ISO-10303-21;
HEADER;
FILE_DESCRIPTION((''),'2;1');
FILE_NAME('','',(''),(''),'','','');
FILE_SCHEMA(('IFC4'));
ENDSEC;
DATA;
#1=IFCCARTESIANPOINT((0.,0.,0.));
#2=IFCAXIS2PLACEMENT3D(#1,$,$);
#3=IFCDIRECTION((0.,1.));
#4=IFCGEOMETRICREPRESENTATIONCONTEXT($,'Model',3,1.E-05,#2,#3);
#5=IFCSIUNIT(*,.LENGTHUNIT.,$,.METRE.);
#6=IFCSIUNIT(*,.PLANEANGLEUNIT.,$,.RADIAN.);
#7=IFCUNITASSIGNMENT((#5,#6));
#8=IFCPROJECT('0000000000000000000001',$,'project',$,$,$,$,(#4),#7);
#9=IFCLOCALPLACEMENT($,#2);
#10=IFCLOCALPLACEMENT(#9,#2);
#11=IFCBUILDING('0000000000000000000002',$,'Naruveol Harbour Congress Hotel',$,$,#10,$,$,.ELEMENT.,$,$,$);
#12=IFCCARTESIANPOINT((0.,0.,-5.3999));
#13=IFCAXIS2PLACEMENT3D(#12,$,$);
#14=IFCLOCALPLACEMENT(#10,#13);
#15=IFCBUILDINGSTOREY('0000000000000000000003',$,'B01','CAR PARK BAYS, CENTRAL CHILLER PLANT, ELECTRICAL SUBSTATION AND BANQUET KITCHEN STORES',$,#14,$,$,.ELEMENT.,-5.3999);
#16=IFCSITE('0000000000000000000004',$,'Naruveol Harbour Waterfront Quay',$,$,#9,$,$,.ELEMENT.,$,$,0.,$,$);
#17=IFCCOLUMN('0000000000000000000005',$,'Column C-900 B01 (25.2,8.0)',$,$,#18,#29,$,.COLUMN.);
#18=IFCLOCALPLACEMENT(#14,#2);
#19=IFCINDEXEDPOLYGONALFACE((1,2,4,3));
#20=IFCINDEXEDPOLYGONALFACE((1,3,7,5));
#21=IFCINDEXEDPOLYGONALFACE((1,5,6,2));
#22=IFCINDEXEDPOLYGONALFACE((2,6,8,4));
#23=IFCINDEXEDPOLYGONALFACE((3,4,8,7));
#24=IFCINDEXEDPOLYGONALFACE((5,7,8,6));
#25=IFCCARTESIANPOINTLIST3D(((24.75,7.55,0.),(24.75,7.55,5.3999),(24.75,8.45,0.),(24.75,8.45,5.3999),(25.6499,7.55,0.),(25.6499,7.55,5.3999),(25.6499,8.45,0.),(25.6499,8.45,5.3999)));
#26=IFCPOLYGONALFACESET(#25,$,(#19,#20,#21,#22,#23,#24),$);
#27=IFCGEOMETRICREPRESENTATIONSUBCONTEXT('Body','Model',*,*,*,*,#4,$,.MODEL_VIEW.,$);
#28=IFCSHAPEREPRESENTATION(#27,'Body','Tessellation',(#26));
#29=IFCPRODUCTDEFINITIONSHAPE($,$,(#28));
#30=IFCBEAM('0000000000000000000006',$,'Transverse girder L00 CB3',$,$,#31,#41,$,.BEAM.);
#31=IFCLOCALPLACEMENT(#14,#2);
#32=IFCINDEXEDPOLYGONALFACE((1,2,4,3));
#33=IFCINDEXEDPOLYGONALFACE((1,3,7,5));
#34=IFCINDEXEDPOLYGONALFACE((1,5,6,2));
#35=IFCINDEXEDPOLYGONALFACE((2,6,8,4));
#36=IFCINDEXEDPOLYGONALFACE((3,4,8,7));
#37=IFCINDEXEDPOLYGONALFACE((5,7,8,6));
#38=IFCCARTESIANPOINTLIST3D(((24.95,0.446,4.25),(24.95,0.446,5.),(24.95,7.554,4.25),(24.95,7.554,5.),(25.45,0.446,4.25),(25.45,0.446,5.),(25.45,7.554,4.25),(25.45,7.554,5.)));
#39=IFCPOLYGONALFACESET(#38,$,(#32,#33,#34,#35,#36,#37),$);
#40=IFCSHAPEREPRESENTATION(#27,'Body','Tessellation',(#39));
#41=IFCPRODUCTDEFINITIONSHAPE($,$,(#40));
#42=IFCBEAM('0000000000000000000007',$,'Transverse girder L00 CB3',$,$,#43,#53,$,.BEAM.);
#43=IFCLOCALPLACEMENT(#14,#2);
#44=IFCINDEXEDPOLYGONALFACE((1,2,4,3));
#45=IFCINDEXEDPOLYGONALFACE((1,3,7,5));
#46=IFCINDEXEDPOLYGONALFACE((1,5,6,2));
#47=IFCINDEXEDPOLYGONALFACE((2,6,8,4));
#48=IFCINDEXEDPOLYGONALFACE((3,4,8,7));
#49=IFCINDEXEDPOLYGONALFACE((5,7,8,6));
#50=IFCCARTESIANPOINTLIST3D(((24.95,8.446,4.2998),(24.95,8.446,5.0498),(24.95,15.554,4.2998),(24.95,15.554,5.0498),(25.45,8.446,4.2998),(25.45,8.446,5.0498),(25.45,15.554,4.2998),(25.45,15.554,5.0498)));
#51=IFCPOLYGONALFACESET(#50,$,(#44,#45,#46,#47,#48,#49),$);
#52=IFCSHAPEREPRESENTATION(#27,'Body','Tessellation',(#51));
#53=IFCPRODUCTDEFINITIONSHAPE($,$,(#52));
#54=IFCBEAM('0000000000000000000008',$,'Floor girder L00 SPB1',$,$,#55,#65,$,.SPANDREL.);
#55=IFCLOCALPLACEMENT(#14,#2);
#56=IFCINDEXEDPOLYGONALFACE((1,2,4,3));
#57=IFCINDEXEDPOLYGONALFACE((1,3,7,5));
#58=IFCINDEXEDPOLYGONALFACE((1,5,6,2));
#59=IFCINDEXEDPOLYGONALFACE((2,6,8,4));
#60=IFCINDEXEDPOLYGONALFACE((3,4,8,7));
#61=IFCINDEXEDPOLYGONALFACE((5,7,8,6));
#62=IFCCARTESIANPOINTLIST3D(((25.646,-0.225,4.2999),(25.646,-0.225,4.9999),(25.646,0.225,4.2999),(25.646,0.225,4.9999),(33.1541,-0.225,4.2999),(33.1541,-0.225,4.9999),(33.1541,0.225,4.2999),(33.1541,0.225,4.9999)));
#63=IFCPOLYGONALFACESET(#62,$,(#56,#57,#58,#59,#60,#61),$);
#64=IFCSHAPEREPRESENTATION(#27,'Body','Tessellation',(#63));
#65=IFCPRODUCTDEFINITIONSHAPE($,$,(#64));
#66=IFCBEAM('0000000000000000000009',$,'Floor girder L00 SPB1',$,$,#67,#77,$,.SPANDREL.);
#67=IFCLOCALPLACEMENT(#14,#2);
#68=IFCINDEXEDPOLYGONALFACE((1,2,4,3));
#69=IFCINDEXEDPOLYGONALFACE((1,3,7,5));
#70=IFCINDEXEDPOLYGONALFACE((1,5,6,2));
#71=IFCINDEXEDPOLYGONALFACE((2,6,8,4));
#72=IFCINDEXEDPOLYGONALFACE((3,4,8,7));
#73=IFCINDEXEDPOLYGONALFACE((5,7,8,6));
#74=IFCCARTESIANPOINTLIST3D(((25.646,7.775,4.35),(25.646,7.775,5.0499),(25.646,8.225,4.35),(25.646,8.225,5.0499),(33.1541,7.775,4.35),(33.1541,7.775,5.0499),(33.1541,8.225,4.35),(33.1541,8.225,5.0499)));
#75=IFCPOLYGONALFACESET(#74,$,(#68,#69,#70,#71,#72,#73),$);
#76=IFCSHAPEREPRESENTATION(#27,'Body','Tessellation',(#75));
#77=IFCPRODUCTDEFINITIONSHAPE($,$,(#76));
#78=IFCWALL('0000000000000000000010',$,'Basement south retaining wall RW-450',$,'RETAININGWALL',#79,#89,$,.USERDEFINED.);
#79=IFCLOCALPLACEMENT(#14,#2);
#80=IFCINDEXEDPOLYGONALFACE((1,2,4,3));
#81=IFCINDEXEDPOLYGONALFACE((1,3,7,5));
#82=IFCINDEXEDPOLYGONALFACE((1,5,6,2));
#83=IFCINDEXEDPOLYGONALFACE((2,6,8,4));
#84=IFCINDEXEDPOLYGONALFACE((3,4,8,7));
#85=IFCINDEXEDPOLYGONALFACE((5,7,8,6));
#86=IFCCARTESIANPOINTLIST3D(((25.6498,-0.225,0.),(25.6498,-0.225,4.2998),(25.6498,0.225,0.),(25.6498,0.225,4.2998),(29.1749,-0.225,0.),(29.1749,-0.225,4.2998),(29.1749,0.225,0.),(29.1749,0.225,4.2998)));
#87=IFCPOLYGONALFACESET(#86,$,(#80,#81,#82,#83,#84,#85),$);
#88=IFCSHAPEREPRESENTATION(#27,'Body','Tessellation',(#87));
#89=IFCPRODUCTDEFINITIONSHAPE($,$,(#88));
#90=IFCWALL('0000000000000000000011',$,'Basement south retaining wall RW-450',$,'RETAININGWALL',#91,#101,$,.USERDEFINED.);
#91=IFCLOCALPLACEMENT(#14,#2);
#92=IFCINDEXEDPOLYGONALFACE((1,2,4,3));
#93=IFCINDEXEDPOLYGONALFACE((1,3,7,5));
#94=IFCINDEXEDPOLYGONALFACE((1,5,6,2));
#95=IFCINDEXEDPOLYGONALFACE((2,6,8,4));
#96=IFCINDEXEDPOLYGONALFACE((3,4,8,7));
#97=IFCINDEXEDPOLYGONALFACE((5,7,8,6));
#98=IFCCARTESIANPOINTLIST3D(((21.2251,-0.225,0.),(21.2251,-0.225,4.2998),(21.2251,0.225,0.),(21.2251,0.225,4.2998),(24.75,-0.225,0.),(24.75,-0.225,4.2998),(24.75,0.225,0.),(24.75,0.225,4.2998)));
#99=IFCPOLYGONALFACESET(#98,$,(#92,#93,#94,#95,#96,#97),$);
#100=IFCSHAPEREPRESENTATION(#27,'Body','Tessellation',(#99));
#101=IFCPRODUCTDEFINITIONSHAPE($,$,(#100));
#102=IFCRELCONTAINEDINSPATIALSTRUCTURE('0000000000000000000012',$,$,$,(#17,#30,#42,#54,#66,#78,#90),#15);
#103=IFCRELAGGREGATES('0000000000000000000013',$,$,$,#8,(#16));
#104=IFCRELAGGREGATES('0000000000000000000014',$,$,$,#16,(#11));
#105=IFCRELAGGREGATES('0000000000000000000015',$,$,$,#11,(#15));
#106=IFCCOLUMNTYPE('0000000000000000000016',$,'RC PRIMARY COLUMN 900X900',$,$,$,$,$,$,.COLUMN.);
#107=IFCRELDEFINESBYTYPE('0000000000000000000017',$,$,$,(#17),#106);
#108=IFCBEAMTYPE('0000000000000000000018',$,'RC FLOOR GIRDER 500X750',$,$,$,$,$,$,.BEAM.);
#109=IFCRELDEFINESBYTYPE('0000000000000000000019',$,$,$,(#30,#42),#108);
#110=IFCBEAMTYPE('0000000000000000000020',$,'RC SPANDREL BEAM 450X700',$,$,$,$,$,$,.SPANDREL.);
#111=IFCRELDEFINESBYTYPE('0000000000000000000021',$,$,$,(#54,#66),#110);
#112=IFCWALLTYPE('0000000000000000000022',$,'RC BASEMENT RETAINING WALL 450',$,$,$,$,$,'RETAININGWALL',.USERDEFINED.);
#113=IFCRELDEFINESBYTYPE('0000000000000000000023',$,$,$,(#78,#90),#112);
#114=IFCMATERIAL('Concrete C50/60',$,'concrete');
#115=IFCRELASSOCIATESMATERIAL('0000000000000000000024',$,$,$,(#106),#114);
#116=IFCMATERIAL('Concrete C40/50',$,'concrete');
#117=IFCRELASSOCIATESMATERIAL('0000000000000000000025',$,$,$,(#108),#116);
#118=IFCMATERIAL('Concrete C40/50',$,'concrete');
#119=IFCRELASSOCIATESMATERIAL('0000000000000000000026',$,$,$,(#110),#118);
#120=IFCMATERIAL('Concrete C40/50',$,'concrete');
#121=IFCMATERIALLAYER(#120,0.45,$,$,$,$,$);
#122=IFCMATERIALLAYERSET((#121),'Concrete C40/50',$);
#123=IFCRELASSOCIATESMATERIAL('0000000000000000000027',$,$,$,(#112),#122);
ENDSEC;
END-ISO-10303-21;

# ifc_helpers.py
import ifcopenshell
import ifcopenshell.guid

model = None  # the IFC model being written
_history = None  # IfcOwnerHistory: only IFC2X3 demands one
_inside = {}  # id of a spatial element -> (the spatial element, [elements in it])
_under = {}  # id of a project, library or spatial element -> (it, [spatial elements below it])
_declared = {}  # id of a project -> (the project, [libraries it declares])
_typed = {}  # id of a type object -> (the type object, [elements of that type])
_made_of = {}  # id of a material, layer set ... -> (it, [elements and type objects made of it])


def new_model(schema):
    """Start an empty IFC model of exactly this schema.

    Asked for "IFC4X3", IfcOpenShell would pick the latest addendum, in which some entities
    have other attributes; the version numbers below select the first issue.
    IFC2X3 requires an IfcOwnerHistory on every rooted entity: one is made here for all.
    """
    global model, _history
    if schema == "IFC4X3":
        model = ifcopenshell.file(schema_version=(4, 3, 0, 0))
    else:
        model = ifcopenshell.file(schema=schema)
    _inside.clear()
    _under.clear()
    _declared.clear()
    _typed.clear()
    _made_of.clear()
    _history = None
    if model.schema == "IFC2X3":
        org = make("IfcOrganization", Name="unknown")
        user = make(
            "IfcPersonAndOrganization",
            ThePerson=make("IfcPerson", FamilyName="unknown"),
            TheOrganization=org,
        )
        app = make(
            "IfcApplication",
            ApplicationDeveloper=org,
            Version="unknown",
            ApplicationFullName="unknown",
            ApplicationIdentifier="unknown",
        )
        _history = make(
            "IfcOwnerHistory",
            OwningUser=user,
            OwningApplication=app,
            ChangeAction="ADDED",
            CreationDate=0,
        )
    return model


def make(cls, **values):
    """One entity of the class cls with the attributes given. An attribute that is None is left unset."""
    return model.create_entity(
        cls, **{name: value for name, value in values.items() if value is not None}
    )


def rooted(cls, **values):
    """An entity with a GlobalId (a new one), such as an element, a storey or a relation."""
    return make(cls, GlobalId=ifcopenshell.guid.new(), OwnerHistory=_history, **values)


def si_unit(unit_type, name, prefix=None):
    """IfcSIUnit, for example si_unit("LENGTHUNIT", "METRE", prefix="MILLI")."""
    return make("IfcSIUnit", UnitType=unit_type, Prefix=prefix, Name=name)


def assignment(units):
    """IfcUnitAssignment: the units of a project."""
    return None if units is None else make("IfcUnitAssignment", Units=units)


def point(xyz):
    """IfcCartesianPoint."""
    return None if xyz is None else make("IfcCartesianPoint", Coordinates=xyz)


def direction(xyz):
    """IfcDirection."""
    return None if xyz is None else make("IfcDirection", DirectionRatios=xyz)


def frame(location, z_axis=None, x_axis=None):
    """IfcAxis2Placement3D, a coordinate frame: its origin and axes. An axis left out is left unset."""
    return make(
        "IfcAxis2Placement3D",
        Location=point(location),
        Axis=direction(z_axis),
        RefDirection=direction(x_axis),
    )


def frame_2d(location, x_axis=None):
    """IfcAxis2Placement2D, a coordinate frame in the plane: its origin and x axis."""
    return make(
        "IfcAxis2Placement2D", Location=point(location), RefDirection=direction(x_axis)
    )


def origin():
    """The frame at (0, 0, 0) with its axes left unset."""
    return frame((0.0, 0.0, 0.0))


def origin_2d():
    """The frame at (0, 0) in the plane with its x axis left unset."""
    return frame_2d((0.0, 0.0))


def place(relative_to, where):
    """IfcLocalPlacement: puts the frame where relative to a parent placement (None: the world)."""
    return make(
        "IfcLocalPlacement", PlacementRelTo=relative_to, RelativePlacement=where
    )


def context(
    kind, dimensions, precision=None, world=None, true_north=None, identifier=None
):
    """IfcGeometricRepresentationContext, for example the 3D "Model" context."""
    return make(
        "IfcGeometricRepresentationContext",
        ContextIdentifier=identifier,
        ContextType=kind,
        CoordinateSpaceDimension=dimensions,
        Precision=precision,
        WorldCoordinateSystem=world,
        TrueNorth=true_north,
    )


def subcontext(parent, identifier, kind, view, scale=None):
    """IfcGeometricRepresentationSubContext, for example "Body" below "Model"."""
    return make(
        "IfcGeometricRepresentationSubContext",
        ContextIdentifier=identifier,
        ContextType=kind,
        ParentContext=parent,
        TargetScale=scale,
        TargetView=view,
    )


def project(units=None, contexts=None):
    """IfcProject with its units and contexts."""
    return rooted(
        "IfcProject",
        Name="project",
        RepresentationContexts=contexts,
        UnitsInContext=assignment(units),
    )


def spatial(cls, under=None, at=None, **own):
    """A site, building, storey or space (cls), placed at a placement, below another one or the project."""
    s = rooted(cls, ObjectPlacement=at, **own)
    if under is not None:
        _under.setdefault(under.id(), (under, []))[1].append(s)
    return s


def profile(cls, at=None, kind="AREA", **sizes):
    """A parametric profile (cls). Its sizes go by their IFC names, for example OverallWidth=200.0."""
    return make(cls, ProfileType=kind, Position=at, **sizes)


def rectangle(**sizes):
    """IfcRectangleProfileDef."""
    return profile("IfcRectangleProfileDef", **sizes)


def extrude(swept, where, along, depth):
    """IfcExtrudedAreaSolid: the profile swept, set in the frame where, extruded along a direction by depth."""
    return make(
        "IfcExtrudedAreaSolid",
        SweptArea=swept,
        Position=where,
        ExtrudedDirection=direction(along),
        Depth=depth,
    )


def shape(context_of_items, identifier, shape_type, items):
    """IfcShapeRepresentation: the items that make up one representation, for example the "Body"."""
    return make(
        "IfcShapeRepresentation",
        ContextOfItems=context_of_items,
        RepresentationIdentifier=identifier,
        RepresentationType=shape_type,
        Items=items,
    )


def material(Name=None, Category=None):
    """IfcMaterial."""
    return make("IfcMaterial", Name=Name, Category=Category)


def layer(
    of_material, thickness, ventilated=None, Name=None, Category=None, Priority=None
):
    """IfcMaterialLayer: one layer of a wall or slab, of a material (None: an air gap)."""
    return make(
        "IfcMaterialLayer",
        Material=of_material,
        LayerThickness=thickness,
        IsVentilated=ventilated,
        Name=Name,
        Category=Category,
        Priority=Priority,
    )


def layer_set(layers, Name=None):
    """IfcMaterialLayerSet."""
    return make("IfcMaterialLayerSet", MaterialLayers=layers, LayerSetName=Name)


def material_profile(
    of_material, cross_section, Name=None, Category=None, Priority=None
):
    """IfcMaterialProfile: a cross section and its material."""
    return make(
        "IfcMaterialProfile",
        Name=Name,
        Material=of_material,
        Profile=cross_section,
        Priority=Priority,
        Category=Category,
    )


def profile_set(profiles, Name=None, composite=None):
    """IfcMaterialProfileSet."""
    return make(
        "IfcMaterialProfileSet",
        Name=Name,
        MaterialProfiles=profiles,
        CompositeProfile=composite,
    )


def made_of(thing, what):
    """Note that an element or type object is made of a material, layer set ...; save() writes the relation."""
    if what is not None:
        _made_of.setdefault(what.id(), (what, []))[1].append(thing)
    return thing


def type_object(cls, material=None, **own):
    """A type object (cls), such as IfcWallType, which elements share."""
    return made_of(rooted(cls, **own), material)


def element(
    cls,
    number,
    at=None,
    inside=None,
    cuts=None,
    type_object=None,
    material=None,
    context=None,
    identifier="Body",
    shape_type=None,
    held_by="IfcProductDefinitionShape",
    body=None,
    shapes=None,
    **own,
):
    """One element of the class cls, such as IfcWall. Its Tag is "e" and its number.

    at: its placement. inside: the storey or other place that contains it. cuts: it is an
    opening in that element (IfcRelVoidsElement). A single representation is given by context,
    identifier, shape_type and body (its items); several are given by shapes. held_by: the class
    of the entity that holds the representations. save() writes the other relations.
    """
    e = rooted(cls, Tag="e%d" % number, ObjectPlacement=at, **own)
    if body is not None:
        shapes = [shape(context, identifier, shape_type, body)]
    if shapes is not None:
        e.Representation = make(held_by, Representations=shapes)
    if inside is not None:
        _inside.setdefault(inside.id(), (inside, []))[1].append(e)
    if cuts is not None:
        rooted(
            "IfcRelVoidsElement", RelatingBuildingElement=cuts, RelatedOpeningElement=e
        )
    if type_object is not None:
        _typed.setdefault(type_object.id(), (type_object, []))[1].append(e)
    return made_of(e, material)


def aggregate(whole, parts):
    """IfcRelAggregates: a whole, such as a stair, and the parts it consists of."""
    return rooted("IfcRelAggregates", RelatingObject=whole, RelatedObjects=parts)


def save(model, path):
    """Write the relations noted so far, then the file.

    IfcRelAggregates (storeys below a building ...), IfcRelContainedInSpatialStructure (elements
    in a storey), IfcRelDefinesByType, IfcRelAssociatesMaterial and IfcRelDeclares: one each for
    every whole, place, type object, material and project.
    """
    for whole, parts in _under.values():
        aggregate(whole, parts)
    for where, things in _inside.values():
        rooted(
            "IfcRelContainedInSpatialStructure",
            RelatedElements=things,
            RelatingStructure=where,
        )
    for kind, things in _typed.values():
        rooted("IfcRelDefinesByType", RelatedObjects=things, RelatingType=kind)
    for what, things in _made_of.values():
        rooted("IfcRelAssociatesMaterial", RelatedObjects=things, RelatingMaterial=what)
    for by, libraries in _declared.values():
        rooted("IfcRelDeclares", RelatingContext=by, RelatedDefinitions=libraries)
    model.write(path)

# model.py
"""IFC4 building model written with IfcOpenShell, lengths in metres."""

from ifc_helpers import new_model, si_unit, direction, frame, frame_2d, origin, origin_2d, place, context, subcontext, project, spatial, rectangle, extrude, material, layer, layer_set, material_profile, profile_set, type_object, element, save


model = new_model("IFC4")

# Units and contexts
model_context = context("Model", 3, precision=1e-05, world=origin(), true_north=direction((0.0, 1.0)))
body_context = subcontext(model_context, "Body", "Model", "MODEL_VIEW")
ifc_project = project(units=[si_unit("LENGTHUNIT", "METRE"), si_unit("PLANEANGLEUNIT", "RADIAN")], contexts=[model_context])

# Site, building, storey
site_placement = place(None, origin())
site = spatial("IfcSite", under=ifc_project, at=site_placement, Name="Naruveol Harbour Waterfront Quay", CompositionType="ELEMENT", RefElevation=0.0)
building_placement = place(site_placement, origin())
building = spatial("IfcBuilding", under=site, at=building_placement, Name="Naruveol Harbour Congress Hotel", CompositionType="ELEMENT")
storey_placement = place(building_placement, frame((0.0, 0.0, -5.3999)))
storey = spatial("IfcBuildingStorey", under=building, at=storey_placement, Name="B01", Description="CAR PARK BAYS, CENTRAL CHILLER PLANT, ELECTRICAL SUBSTATION AND BANQUET KITCHEN STORES", CompositionType="ELEMENT", Elevation=-5.3999)

# Column
ifc_material_1 = material(Name="Concrete C50/60", Category="concrete")
ifc_material_profile_1 = material_profile(ifc_material_1, rectangle(XDim=0.8999, YDim=0.8999, at=origin_2d()), Name="RC-900x900")
ifc_profile_set_1 = profile_set([ifc_material_profile_1], Name="Concrete C50/60")
column_type_1 = type_object("IfcColumnType", Name="RC PRIMARY COLUMN 900X900", PredefinedType="COLUMN", material=ifc_profile_set_1)
for number, where, z_axis, x_axis, name in (
    (1, (25.2, 8.0, 0.0), (0.0, 0.0, 1.0), (1.0, 0.0, 0.0), "Column C-900 B01 (25.2,8.0)"),
):
    element("IfcColumn", number, at=place(storey_placement, frame(where, z_axis=z_axis, x_axis=x_axis)), inside=storey, type_object=column_type_1, Name=name, PredefinedType="COLUMN", context=body_context, shape_type="SweptSolid", body=[
        extrude(rectangle(XDim=0.8999, YDim=0.8999, at=origin_2d()), origin(), (0.0, 0.0, 1.0), 5.3999),
    ])

# Beams
ifc_material_2 = material(Name="Concrete C40/50", Category="concrete")
ifc_material_profile_2 = material_profile(ifc_material_2, rectangle(XDim=0.5, YDim=0.75, at=origin_2d()), Name="RCB-500x750")
ifc_profile_set_2 = profile_set([ifc_material_profile_2], Name="Concrete C40/50")
beam_type_1 = type_object("IfcBeamType", Name="RC FLOOR GIRDER 500X750", PredefinedType="BEAM", material=ifc_profile_set_2)
for number, where, z_axis, x_axis, name in (
    (2, (25.2, 0.446, 4.625), (0.0, 1.0, 0.0), (-1.0, 0.0, 0.0), "Transverse girder L00 CB3"),
    (3, (25.2, 8.446, 4.6748), (0.0, 1.0, 0.0), (-1.0, 0.0, 0.0), "Transverse girder L00 CB3"),
):
    element("IfcBeam", number, at=place(storey_placement, frame(where, z_axis=z_axis, x_axis=x_axis)), inside=storey, type_object=beam_type_1, Name=name, PredefinedType="BEAM", context=body_context, shape_type="SweptSolid", body=[
        extrude(rectangle(XDim=0.5, YDim=0.75, at=origin_2d()), origin(), (0.0, 0.0, 1.0), 7.1079),
    ])
ifc_material_3 = material(Name="Concrete C40/50", Category="concrete")
ifc_material_profile_3 = material_profile(ifc_material_3, rectangle(XDim=0.45, YDim=0.7, at=origin_2d()), Name="RCB-450x700")
ifc_profile_set_3 = profile_set([ifc_material_profile_3], Name="Concrete C40/50")
beam_type_2 = type_object("IfcBeamType", Name="RC SPANDREL BEAM 450X700", PredefinedType="SPANDREL", material=ifc_profile_set_3)
for number, where, z_axis, x_axis, name in (
    (4, (25.646, 0.0, 4.6499), (1.0, 0.0, 0.0), (0.0, 1.0, 0.0), "Floor girder L00 SPB1"),
    (5, (25.646, 8.0, 4.7), (1.0, 0.0, 0.0), (0.0, 1.0, 0.0), "Floor girder L00 SPB1"),
):
    element("IfcBeam", number, at=place(storey_placement, frame(where, z_axis=z_axis, x_axis=x_axis)), inside=storey, type_object=beam_type_2, Name=name, PredefinedType="SPANDREL", context=body_context, shape_type="SweptSolid", body=[
        extrude(rectangle(XDim=0.45, YDim=0.7, at=origin_2d()), origin(), (0.0, 0.0, 1.0), 7.5081),
    ])

# Walls
ifc_material_4 = material(Name="Concrete C40/50", Category="concrete")
ifc_layer = layer(ifc_material_4, 0.45)
ifc_layer_set = layer_set([ifc_layer], Name="Concrete C40/50")
wall_type = type_object("IfcWallType", Name="RC BASEMENT RETAINING WALL 450", ElementType="RETAININGWALL", PredefinedType="USERDEFINED", material=ifc_layer_set)
wall_1_placement = place(storey_placement, frame((29.175, 0.0, 0.0), z_axis=(0.0, 0.0, 1.0), x_axis=(-1.0, 0.0, 0.0)))
element("IfcWall", 6, at=wall_1_placement, inside=storey, type_object=wall_type, Name="Basement south retaining wall RW-450", ObjectType="RETAININGWALL", PredefinedType="USERDEFINED", context=body_context, shape_type="SweptSolid", body=[
    extrude(rectangle(XDim=3.5251, YDim=0.45, at=frame_2d((1.7627, 0.0))), origin(), (0.0, 0.0, 1.0), 4.2998),
])
wall_2_placement = place(storey_placement, frame((24.75, 0.0, 0.0), z_axis=(0.0, 0.0, 1.0), x_axis=(-1.0, 0.0, 0.0)))
element("IfcWall", 7, at=wall_2_placement, inside=storey, type_object=wall_type, Name="Basement south retaining wall RW-450", ObjectType="RETAININGWALL", PredefinedType="USERDEFINED", context=body_context, shape_type="SweptSolid", body=[
    extrude(rectangle(XDim=3.5249, YDim=0.45, at=frame_2d((1.7625, 0.0))), origin(), (0.0, 0.0, 1.0), 4.2998),
])

save(model, "model.ifc")
